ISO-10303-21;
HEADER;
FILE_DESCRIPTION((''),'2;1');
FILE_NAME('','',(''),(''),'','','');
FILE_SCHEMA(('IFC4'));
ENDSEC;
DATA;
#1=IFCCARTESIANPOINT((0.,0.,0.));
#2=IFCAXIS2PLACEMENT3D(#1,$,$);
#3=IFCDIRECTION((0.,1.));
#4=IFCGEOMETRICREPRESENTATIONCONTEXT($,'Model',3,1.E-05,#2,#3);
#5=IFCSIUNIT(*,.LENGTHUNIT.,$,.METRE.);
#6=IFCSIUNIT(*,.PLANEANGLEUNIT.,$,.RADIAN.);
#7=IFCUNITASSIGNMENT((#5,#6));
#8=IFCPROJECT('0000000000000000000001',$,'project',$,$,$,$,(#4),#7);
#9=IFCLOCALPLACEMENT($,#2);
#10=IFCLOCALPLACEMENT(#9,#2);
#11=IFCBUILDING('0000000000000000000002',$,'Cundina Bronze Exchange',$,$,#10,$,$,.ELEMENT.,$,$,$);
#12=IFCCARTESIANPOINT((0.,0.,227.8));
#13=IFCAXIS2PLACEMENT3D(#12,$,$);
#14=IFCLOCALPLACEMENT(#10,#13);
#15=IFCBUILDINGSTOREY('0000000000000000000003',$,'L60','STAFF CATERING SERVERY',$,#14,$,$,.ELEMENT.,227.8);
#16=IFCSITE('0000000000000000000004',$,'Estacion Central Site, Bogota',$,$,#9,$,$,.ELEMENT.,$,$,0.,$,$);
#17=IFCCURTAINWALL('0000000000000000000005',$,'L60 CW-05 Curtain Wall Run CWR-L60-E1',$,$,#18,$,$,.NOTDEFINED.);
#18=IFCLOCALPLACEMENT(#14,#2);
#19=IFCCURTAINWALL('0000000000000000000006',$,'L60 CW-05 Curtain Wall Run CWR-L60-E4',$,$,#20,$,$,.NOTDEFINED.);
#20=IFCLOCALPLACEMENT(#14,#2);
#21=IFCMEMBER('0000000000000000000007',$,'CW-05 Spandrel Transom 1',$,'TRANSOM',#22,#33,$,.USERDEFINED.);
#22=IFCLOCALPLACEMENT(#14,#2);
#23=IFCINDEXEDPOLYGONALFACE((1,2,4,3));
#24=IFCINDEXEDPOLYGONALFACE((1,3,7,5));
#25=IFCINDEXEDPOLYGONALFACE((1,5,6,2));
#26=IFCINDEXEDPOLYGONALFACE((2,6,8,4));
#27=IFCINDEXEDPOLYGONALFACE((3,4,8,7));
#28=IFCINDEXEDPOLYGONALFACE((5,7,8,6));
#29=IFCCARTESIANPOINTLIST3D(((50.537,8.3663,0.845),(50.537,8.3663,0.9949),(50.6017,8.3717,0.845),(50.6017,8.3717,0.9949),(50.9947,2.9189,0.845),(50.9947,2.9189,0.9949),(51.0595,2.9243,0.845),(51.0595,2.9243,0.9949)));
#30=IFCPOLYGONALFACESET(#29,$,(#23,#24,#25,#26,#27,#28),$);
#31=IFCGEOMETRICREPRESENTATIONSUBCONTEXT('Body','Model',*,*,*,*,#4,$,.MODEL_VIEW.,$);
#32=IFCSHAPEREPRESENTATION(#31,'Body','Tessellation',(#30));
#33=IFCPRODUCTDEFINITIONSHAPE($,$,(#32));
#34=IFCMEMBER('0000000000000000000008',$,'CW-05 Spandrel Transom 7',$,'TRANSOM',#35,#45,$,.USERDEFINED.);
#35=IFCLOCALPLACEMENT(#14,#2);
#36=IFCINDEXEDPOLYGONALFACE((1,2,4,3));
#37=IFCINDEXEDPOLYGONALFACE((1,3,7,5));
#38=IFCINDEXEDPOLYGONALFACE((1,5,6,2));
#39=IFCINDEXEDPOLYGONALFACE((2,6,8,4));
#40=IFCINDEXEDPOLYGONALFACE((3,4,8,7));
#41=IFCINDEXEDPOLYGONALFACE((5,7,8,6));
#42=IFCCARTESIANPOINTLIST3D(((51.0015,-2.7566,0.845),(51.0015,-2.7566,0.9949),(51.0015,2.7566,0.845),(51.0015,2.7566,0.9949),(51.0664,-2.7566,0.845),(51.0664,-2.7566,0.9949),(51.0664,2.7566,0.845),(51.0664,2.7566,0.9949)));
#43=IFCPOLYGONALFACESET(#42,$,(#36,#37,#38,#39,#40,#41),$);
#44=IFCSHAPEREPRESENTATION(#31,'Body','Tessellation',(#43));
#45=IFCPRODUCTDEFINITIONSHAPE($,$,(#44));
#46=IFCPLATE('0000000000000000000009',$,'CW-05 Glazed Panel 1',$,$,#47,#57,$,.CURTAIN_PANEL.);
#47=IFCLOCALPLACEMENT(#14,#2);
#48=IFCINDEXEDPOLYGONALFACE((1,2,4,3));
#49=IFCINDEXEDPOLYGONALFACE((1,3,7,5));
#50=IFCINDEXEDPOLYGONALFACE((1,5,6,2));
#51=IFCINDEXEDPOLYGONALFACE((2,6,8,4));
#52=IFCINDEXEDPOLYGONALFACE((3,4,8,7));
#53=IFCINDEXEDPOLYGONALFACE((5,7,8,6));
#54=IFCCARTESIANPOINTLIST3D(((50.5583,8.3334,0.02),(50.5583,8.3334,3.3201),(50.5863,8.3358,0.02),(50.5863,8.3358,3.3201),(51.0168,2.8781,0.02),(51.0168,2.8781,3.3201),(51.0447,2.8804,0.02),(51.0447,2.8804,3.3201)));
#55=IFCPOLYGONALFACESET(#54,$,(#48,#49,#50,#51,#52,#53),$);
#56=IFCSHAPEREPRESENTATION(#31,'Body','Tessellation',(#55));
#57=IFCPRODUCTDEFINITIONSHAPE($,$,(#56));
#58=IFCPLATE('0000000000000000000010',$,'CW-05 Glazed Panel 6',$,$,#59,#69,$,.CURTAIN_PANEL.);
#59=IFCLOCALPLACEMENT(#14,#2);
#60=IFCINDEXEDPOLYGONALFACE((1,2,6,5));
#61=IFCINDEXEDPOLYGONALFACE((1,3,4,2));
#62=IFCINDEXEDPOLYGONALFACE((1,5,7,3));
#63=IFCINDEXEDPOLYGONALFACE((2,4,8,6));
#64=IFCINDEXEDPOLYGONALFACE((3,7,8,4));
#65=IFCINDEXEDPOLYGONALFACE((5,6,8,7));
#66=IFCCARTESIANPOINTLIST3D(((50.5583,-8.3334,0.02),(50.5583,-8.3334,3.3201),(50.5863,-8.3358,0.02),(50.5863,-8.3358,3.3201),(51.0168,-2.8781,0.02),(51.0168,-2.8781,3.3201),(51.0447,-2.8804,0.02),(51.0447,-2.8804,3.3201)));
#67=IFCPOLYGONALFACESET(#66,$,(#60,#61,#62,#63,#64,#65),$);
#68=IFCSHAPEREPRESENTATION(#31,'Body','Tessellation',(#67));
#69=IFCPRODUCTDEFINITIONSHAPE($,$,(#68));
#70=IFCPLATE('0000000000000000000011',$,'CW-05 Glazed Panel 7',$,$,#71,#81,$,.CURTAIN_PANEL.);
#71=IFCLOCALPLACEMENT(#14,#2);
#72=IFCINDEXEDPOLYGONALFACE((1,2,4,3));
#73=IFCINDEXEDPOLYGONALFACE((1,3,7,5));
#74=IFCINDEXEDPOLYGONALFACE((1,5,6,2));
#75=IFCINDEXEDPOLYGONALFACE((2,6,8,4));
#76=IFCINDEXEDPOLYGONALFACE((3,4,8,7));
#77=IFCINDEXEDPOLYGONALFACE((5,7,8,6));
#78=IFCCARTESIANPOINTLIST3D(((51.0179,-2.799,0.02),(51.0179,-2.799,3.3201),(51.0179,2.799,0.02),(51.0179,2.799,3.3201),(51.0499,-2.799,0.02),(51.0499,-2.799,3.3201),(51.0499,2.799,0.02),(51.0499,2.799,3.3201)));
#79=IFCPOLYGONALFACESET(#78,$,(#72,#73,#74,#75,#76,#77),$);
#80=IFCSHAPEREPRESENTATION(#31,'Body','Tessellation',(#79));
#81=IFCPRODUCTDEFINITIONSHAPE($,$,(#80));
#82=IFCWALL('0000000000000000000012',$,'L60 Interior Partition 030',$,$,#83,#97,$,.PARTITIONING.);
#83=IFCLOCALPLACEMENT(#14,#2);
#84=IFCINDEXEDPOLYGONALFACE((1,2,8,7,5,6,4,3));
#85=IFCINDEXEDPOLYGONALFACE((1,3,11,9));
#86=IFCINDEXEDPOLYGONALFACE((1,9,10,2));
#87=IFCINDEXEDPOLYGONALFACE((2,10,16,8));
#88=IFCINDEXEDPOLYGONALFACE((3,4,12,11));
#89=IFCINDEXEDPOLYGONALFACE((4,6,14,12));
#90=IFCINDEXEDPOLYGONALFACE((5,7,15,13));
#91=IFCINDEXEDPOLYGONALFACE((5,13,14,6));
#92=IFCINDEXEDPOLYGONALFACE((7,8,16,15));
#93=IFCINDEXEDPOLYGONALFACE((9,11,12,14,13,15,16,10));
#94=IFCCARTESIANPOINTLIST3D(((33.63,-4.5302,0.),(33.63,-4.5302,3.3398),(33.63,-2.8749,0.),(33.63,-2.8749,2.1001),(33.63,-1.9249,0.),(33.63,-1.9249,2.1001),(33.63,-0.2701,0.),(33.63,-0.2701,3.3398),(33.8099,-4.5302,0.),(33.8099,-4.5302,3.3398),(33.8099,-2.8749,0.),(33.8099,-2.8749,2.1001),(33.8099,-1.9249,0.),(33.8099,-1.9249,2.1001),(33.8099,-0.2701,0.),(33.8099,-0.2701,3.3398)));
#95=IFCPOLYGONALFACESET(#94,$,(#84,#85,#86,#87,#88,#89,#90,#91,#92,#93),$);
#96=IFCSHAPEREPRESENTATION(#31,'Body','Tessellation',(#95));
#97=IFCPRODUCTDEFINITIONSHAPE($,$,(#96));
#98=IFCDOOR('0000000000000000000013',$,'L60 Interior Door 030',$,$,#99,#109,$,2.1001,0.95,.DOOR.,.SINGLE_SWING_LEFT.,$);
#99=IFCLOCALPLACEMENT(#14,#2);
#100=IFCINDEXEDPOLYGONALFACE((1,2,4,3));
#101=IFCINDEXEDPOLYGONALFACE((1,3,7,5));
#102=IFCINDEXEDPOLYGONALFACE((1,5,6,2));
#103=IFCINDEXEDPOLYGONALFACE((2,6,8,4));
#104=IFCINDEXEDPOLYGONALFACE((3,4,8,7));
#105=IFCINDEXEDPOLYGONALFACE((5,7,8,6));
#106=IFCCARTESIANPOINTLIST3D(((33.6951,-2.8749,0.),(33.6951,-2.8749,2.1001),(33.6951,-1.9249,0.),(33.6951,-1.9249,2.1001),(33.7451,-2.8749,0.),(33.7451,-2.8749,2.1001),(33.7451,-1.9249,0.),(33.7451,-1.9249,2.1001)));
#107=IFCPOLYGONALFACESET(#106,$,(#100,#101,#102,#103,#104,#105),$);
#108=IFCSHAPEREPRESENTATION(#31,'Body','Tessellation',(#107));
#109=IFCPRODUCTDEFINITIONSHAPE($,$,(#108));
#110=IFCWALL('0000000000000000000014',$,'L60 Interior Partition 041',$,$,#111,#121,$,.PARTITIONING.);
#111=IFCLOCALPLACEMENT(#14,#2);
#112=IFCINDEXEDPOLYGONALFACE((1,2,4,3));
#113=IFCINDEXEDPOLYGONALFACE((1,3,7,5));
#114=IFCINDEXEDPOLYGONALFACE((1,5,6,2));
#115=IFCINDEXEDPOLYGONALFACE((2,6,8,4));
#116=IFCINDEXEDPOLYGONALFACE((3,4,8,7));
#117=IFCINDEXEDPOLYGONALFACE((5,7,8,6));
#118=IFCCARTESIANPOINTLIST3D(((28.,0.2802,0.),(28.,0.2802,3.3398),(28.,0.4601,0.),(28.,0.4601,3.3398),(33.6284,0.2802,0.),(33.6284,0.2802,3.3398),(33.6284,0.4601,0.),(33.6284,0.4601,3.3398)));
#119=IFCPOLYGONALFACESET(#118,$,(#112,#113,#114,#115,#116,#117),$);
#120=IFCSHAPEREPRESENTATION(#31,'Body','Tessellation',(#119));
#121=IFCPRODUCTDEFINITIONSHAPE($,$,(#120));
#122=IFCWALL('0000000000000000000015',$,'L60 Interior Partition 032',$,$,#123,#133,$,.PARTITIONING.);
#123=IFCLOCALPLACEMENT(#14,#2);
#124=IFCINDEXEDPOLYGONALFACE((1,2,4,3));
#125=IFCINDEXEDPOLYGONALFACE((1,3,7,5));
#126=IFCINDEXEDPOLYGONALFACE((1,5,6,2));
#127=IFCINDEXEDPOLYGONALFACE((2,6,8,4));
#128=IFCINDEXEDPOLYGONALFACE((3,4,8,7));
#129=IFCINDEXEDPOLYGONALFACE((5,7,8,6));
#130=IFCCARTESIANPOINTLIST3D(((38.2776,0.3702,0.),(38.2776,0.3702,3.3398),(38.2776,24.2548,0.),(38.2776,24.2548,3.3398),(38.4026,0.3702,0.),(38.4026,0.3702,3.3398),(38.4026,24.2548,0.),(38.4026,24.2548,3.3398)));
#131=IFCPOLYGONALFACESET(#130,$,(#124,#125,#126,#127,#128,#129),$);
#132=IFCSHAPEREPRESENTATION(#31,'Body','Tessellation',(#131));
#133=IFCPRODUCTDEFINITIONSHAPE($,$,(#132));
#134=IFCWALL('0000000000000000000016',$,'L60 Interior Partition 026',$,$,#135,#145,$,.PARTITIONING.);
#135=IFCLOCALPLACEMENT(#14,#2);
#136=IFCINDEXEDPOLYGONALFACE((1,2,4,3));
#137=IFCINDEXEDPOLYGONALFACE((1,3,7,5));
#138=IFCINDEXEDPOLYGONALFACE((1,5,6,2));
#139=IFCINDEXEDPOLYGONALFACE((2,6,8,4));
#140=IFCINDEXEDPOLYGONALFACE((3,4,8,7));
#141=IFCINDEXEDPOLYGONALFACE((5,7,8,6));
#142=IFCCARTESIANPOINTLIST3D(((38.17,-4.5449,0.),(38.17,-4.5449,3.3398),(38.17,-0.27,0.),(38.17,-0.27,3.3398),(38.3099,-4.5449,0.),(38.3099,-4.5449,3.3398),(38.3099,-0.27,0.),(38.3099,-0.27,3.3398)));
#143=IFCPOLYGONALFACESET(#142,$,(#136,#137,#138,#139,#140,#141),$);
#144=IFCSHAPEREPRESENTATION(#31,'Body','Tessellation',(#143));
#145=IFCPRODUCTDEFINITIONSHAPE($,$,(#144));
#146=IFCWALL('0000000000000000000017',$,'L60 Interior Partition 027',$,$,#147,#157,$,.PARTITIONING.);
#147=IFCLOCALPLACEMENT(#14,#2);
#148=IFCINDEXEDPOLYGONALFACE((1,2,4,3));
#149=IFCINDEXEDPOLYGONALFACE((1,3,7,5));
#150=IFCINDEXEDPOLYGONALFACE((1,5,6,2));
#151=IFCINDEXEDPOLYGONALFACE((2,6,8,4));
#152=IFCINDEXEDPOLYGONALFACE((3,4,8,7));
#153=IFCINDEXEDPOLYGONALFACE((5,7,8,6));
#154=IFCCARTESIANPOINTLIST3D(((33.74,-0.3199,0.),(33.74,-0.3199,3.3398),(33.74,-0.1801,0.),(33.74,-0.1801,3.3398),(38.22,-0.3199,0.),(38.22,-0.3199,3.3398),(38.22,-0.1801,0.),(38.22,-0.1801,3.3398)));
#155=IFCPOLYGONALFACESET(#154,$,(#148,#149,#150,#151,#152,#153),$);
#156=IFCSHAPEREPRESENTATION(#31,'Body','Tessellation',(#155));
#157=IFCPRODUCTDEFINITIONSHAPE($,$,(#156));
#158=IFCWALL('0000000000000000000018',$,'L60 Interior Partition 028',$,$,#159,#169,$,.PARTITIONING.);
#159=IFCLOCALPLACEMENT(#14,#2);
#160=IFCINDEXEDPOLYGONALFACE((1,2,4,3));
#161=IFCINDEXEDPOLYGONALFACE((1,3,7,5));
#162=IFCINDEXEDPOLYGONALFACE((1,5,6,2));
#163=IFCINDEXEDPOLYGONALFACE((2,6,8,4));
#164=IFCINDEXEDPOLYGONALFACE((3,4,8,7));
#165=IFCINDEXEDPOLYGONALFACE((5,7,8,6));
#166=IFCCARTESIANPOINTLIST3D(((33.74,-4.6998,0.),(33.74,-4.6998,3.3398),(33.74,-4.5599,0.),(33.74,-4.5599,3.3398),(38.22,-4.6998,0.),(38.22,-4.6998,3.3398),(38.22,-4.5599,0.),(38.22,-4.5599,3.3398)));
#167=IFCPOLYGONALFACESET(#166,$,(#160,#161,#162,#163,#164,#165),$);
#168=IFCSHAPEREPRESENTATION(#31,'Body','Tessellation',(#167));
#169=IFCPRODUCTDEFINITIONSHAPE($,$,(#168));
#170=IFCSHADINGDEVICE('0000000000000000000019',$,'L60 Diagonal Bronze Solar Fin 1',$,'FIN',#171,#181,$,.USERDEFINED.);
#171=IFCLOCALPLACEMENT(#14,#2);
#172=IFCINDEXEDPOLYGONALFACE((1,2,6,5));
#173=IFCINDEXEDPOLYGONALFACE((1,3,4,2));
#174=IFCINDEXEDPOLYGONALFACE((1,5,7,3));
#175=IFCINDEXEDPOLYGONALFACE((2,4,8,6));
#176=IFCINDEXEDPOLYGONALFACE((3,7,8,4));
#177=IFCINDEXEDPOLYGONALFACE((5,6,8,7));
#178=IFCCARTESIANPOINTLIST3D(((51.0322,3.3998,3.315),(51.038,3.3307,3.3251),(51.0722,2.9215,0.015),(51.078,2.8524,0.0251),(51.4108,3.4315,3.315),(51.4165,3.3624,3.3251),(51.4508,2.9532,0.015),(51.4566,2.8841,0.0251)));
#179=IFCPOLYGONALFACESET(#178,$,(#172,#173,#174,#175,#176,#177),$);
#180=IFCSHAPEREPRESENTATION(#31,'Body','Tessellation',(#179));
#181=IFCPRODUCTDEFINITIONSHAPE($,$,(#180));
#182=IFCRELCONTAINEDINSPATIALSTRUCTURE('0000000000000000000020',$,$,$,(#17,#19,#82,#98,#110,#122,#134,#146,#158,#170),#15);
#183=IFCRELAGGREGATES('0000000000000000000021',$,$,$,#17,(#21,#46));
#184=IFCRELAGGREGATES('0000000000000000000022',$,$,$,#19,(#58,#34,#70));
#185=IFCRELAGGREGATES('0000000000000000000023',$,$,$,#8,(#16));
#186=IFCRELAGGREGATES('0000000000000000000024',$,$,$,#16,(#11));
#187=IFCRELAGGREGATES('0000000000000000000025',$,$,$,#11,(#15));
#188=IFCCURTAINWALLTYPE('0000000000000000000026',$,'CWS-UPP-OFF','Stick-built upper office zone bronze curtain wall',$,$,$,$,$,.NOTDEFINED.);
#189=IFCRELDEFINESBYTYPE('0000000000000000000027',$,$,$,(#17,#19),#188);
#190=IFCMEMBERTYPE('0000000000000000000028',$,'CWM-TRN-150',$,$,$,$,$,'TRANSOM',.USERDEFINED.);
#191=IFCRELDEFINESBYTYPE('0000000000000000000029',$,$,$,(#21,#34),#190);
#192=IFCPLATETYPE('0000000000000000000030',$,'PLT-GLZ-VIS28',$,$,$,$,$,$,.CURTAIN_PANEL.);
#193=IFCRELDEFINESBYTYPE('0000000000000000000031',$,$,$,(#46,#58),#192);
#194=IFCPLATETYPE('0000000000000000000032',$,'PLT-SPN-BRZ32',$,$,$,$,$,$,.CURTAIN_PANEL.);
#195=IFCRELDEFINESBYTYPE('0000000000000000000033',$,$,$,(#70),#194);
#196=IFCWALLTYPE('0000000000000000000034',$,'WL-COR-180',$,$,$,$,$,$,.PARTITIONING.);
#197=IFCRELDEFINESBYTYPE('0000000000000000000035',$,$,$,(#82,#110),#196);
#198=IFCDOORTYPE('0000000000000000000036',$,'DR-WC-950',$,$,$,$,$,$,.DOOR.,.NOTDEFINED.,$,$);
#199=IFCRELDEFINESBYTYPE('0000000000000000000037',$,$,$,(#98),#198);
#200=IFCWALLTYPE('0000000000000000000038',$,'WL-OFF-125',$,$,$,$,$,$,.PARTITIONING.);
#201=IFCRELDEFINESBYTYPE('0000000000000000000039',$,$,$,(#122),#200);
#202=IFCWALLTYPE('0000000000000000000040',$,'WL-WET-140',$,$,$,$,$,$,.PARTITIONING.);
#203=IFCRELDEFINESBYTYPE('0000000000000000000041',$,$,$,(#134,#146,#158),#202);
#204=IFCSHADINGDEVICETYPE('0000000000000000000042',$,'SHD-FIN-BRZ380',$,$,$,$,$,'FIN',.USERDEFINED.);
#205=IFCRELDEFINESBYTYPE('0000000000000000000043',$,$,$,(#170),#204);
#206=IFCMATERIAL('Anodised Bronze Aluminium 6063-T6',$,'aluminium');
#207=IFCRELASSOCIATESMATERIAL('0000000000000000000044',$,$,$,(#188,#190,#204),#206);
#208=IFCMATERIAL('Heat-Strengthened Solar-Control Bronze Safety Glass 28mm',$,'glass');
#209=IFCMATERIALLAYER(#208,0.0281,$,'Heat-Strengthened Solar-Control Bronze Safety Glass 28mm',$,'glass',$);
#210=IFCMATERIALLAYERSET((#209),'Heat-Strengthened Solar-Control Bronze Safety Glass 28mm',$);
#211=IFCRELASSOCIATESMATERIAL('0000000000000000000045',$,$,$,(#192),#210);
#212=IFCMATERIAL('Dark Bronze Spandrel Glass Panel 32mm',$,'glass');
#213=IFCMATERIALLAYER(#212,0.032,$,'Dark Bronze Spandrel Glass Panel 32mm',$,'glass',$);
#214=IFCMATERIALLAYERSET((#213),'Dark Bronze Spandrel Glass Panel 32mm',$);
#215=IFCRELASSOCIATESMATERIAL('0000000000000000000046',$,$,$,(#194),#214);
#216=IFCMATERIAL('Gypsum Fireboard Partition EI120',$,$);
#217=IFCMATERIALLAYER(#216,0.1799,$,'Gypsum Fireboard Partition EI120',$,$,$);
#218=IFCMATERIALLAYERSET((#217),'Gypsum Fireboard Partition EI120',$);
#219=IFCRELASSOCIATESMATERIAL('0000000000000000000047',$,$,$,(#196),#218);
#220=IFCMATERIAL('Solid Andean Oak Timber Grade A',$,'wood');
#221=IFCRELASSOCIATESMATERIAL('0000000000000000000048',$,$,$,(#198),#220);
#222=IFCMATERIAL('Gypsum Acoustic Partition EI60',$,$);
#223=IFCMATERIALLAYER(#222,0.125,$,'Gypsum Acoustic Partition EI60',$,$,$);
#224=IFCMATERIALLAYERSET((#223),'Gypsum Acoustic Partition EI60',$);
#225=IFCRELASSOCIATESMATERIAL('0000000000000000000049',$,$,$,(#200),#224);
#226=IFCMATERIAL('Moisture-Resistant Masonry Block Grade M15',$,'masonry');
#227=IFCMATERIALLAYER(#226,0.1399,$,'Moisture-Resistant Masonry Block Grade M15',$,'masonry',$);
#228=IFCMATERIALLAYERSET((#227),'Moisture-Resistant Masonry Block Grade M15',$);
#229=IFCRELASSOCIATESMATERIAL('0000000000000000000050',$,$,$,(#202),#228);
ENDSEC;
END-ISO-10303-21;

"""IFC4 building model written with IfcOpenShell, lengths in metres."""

from ifc_helpers import new_model, si_unit, direction, frame, frame_2d, origin, origin_2d, place, context, subcontext, project, spatial, rectangle, extrude, material, layer, layer_set, material_profile, profile_set, type_object, element, fill, aggregate, save


model = new_model("IFC4")

# Units and contexts
model_context = context("Model", 3, precision=1e-05, world=origin(), true_north=direction((0.0, 1.0)))
body_context = subcontext(model_context, "Body", "Model", "MODEL_VIEW")
ifc_project = project(units=[si_unit("LENGTHUNIT", "METRE"), si_unit("PLANEANGLEUNIT", "RADIAN")], contexts=[model_context])

# Site, building, storey
site_placement = place(None, origin())
site = spatial("IfcSite", under=ifc_project, at=site_placement, Name="Estacion Central Site, Bogota", CompositionType="ELEMENT", RefElevation=0.0)
building_placement = place(site_placement, origin())
building = spatial("IfcBuilding", under=site, at=building_placement, Name="Cundina Bronze Exchange", CompositionType="ELEMENT")
storey_placement = place(building_placement, frame((0.0, 0.0, 227.8)))
storey = spatial("IfcBuildingStorey", under=building, at=storey_placement, Name="L60", Description="STAFF CATERING SERVERY", CompositionType="ELEMENT", Elevation=227.8)

# Curtain wall
ifc_material_1 = material(Name="Anodised Bronze Aluminium 6063-T6", Category="aluminium")
curtain_wall_type = type_object("IfcCurtainWallType", Name="CWS-UPP-OFF", Description="Stick-built upper office zone bronze curtain wall", PredefinedType="NOTDEFINED", material=ifc_material_1)
curtain_wall_1_placement = place(storey_placement, origin())
curtain_wall_1 = element("IfcCurtainWall", 1, at=curtain_wall_1_placement, inside=storey, type_object=curtain_wall_type, Name="L60 CW-05 Curtain Wall Run CWR-L60-E1", PredefinedType="NOTDEFINED")

# Curtain wall
curtain_wall_2_placement = place(storey_placement, origin())
curtain_wall_2 = element("IfcCurtainWall", 2, at=curtain_wall_2_placement, inside=storey, type_object=curtain_wall_type, Name="L60 CW-05 Curtain Wall Run CWR-L60-E4", PredefinedType="NOTDEFINED")

# Members
ifc_material_profile_1 = material_profile(ifc_material_1, rectangle(XDim=0.0649, YDim=0.1499, at=origin_2d()), Name="AL65X150", Category="aluminium")
ifc_profile_set_1 = profile_set([ifc_material_profile_1], Name="Anodised Bronze Aluminium 6063-T6")
member_type_1 = type_object("IfcMemberType", Name="CWM-TRN-150", ElementType="TRANSOM", PredefinedType="USERDEFINED", material=ifc_profile_set_1)
member_1_placement = place(storey_placement, frame((51.0271, 2.9216, 0.9199), z_axis=(-0.08374, 0.996488, 0.0), x_axis=(-0.996488, -0.08374, 0.0)))
member_1 = element("IfcMember", 3, at=member_1_placement, type_object=member_type_1, Name="CW-05 Spandrel Transom 1", ObjectType="TRANSOM", PredefinedType="USERDEFINED", context=body_context, shape_type="SweptSolid", body=[
    extrude(rectangle(XDim=0.0649, YDim=0.1499, at=origin_2d()), origin(), (0.0, 0.0, 1.0), 5.4666),
])
member_2_placement = place(storey_placement, frame((51.0339, -2.7566, 0.9199), z_axis=(0.0, 1.0, 0.0), x_axis=(-1.0, 0.0, 0.0)))
member_2 = element("IfcMember", 4, at=member_2_placement, type_object=member_type_1, Name="CW-05 Spandrel Transom 7", ObjectType="TRANSOM", PredefinedType="USERDEFINED", context=body_context, shape_type="SweptSolid", body=[
    extrude(rectangle(XDim=0.0649, YDim=0.1499, at=origin_2d()), origin(), (0.0, 0.0, 1.0), 5.5132),
])

# Plates
ifc_material_2 = material(Name="Heat-Strengthened Solar-Control Bronze Safety Glass 28mm", Category="glass")
ifc_layer_1 = layer(ifc_material_2, 0.0281, Name="Heat-Strengthened Solar-Control Bronze Safety Glass 28mm", Category="glass")
ifc_layer_set_1 = layer_set([ifc_layer_1], Name="Heat-Strengthened Solar-Control Bronze Safety Glass 28mm")
plate_type_1 = type_object("IfcPlateType", Name="PLT-GLZ-VIS28", PredefinedType="CURTAIN_PANEL", material=ifc_layer_set_1)
plate_1_placement = place(storey_placement, frame((50.8015, 5.6069, 0.02), z_axis=(0.0, 0.0, 1.0), x_axis=(-0.083747, 0.996487, 0.0)))
plate_1 = element("IfcPlate", 5, at=plate_1_placement, type_object=plate_type_1, Name="CW-05 Glazed Panel 1", PredefinedType="CURTAIN_PANEL", context=body_context, shape_type="SweptSolid", body=[
    extrude(rectangle(XDim=5.4746, YDim=0.0281, at=origin_2d()), origin(), (0.0, 0.0, 1.0), 3.3),
])
aggregate(curtain_wall_1, [member_1, plate_1])
plate_2_placement = place(storey_placement, frame((50.8015, -5.6069, 0.02), z_axis=(0.0, 0.0, 1.0), x_axis=(0.083747, 0.996487, 0.0)))
plate_2 = element("IfcPlate", 6, at=plate_2_placement, type_object=plate_type_1, Name="CW-05 Glazed Panel 6", PredefinedType="CURTAIN_PANEL", context=body_context, shape_type="SweptSolid", body=[
    extrude(rectangle(XDim=5.4746, YDim=0.0281, at=origin_2d()), origin(), (0.0, 0.0, 1.0), 3.3),
])
ifc_material_3 = material(Name="Dark Bronze Spandrel Glass Panel 32mm", Category="glass")
ifc_layer_2 = layer(ifc_material_3, 0.032, Name="Dark Bronze Spandrel Glass Panel 32mm", Category="glass")
ifc_layer_set_2 = layer_set([ifc_layer_2], Name="Dark Bronze Spandrel Glass Panel 32mm")
plate_type_2 = type_object("IfcPlateType", Name="PLT-SPN-BRZ32", PredefinedType="CURTAIN_PANEL", material=ifc_layer_set_2)
plate_3_placement = place(storey_placement, frame((51.0339, 0.0, 0.02), z_axis=(0.0, 0.0, 1.0), x_axis=(0.0, 1.0, 0.0)))
plate_3 = element("IfcPlate", 7, at=plate_3_placement, type_object=plate_type_2, Name="CW-05 Glazed Panel 7", PredefinedType="CURTAIN_PANEL", context=body_context, shape_type="SweptSolid", body=[
    extrude(rectangle(XDim=5.5979, YDim=0.032, at=origin_2d()), origin(), (0.0, 0.0, 1.0), 3.3),
])
aggregate(curtain_wall_2, [plate_2, member_2, plate_3])

# Wall, opening, door
ifc_material_4 = material(Name="Gypsum Fireboard Partition EI120")
ifc_layer_3 = layer(ifc_material_4, 0.1799, Name="Gypsum Fireboard Partition EI120")
ifc_layer_set_3 = layer_set([ifc_layer_3], Name="Gypsum Fireboard Partition EI120")
wall_type_1 = type_object("IfcWallType", Name="WL-COR-180", PredefinedType="PARTITIONING", material=ifc_layer_set_3)
wall_1_placement = place(storey_placement, frame((33.72, -4.53, 0.0), z_axis=(0.0, 0.0, 1.0), x_axis=(0.0, 1.0, 0.0)))
wall_1 = element("IfcWall", 8, at=wall_1_placement, inside=storey, type_object=wall_type_1, Name="L60 Interior Partition 030", PredefinedType="PARTITIONING", context=body_context, shape_type="SweptSolid", body=[
    extrude(rectangle(XDim=4.26, YDim=0.1799, at=frame_2d((2.1299, 0.0))), origin(), (0.0, 0.0, 1.0), 3.3398),
])
opening_placement = place(wall_1_placement, frame((1.655, 0.0, 0.0)))
opening = element("IfcOpeningElement", 9, at=opening_placement, cuts=wall_1, PredefinedType="OPENING", context=body_context, shape_type="SweptSolid", body=[
    extrude(rectangle(XDim=0.95, YDim=2.1001, at=frame_2d((0.4751, 1.05))), frame((0.0, 0.0999, 0.0), z_axis=(0.0, -1.0, 0.0), x_axis=(1.0, 0.0, 0.0)), (0.0, 0.0, 1.0), 0.2),
])
ifc_material_5 = material(Name="Solid Andean Oak Timber Grade A", Category="wood")
door_type = type_object("IfcDoorType", Name="DR-WC-950", OperationType="NOTDEFINED", PredefinedType="DOOR", material=ifc_material_5)
door_placement = place(opening_placement, origin())
door = element("IfcDoor", 10, at=door_placement, inside=storey, type_object=door_type, Name="L60 Interior Door 030", OperationType="SINGLE_SWING_LEFT", OverallHeight=2.1001, OverallWidth=0.95, PredefinedType="DOOR", context=body_context, shape_type="SweptSolid", body=[
    extrude(rectangle(XDim=0.95, YDim=2.1001, at=frame_2d((0.4751, 1.05))), frame((0.0, 0.0249, 0.0), z_axis=(0.0, -1.0, 0.0), x_axis=(1.0, 0.0, 0.0)), (0.0, 0.0, 1.0), 0.05),
])
fill(opening, door)

# Walls
wall_2_placement = place(storey_placement, frame((33.6284, 0.3701, 0.0), z_axis=(0.0, 0.0, 1.0), x_axis=(-1.0, 0.0, 0.0)))
element("IfcWall", 11, at=wall_2_placement, inside=storey, type_object=wall_type_1, Name="L60 Interior Partition 041", PredefinedType="PARTITIONING", context=body_context, shape_type="SweptSolid", body=[
    extrude(rectangle(XDim=5.6284, YDim=0.1799, at=frame_2d((2.8142, 0.0))), origin(), (0.0, 0.0, 1.0), 3.3398),
])
ifc_material_6 = material(Name="Gypsum Acoustic Partition EI60")
ifc_layer_4 = layer(ifc_material_6, 0.125, Name="Gypsum Acoustic Partition EI60")
ifc_layer_set_4 = layer_set([ifc_layer_4], Name="Gypsum Acoustic Partition EI60")
wall_type_2 = type_object("IfcWallType", Name="WL-OFF-125", PredefinedType="PARTITIONING", material=ifc_layer_set_4)
wall_3_placement = place(storey_placement, frame((38.3401, 0.3701, 0.0), z_axis=(0.0, 0.0, 1.0), x_axis=(0.0, 1.0, 0.0)))
element("IfcWall", 12, at=wall_3_placement, inside=storey, type_object=wall_type_2, Name="L60 Interior Partition 032", PredefinedType="PARTITIONING", context=body_context, shape_type="SweptSolid", body=[
    extrude(rectangle(XDim=23.8845, YDim=0.125, at=frame_2d((11.9424, 0.0))), origin(), (0.0, 0.0, 1.0), 3.3398),
])
ifc_material_7 = material(Name="Moisture-Resistant Masonry Block Grade M15", Category="masonry")
ifc_layer_5 = layer(ifc_material_7, 0.1399, Name="Moisture-Resistant Masonry Block Grade M15", Category="masonry")
ifc_layer_set_5 = layer_set([ifc_layer_5], Name="Moisture-Resistant Masonry Block Grade M15")
wall_type_3 = type_object("IfcWallType", Name="WL-WET-140", PredefinedType="PARTITIONING", material=ifc_layer_set_5)
wall_4_placement = place(storey_placement, frame((38.24, -4.5449, 0.0), z_axis=(0.0, 0.0, 1.0), x_axis=(0.0, 1.0, 0.0)))
element("IfcWall", 13, at=wall_4_placement, inside=storey, type_object=wall_type_3, Name="L60 Interior Partition 026", PredefinedType="PARTITIONING", context=body_context, shape_type="SweptSolid", body=[
    extrude(rectangle(XDim=4.2749, YDim=0.1399, at=frame_2d((2.1375, 0.0))), origin(), (0.0, 0.0, 1.0), 3.3398),
])
for number, where, z_axis, x_axis, name in (
    (14, (33.74, -0.25, 0.0), (0.0, 0.0, 1.0), (1.0, 0.0, 0.0), "L60 Interior Partition 027"),
    (15, (33.74, -4.6299, 0.0), (0.0, 0.0, 1.0), (1.0, 0.0, 0.0), "L60 Interior Partition 028"),
):
    element("IfcWall", number, at=place(storey_placement, frame(where, z_axis=z_axis, x_axis=x_axis)), inside=storey, type_object=wall_type_3, Name=name, PredefinedType="PARTITIONING", context=body_context, shape_type="SweptSolid", body=[
        extrude(rectangle(XDim=4.48, YDim=0.1399, at=frame_2d((2.24, 0.0))), origin(), (0.0, 0.0, 1.0), 3.3398),
    ])

# Shading device
ifc_material_profile_2 = material_profile(ifc_material_1, rectangle(XDim=0.0701, YDim=0.3799, at=origin_2d()), Name="FIN70X380", Category="aluminium")
ifc_profile_set_2 = profile_set([ifc_material_profile_2], Name="Anodised Bronze Aluminium 6063-T6")
shading_device_type = type_object("IfcShadingDeviceType", Name="SHD-FIN-BRZ380", ElementType="FIN", PredefinedType="USERDEFINED", material=ifc_profile_set_2)
shading_device_placement = place(storey_placement, frame((51.2644, 2.9028, 0.02), z_axis=(-0.012007, 0.14342, 0.989589), x_axis=(0.082556, -0.98614, 0.143921)))
element("IfcShadingDevice", 16, at=shading_device_placement, inside=storey, type_object=shading_device_type, Name="L60 Diagonal Bronze Solar Fin 1", ObjectType="FIN", PredefinedType="USERDEFINED", context=body_context, shape_type="SweptSolid", body=[
    extrude(rectangle(XDim=0.0701, YDim=0.3799, at=origin_2d()), origin(), (0.0, 0.0, 1.0), 3.3347),
])

save(model, "model.ifc")
